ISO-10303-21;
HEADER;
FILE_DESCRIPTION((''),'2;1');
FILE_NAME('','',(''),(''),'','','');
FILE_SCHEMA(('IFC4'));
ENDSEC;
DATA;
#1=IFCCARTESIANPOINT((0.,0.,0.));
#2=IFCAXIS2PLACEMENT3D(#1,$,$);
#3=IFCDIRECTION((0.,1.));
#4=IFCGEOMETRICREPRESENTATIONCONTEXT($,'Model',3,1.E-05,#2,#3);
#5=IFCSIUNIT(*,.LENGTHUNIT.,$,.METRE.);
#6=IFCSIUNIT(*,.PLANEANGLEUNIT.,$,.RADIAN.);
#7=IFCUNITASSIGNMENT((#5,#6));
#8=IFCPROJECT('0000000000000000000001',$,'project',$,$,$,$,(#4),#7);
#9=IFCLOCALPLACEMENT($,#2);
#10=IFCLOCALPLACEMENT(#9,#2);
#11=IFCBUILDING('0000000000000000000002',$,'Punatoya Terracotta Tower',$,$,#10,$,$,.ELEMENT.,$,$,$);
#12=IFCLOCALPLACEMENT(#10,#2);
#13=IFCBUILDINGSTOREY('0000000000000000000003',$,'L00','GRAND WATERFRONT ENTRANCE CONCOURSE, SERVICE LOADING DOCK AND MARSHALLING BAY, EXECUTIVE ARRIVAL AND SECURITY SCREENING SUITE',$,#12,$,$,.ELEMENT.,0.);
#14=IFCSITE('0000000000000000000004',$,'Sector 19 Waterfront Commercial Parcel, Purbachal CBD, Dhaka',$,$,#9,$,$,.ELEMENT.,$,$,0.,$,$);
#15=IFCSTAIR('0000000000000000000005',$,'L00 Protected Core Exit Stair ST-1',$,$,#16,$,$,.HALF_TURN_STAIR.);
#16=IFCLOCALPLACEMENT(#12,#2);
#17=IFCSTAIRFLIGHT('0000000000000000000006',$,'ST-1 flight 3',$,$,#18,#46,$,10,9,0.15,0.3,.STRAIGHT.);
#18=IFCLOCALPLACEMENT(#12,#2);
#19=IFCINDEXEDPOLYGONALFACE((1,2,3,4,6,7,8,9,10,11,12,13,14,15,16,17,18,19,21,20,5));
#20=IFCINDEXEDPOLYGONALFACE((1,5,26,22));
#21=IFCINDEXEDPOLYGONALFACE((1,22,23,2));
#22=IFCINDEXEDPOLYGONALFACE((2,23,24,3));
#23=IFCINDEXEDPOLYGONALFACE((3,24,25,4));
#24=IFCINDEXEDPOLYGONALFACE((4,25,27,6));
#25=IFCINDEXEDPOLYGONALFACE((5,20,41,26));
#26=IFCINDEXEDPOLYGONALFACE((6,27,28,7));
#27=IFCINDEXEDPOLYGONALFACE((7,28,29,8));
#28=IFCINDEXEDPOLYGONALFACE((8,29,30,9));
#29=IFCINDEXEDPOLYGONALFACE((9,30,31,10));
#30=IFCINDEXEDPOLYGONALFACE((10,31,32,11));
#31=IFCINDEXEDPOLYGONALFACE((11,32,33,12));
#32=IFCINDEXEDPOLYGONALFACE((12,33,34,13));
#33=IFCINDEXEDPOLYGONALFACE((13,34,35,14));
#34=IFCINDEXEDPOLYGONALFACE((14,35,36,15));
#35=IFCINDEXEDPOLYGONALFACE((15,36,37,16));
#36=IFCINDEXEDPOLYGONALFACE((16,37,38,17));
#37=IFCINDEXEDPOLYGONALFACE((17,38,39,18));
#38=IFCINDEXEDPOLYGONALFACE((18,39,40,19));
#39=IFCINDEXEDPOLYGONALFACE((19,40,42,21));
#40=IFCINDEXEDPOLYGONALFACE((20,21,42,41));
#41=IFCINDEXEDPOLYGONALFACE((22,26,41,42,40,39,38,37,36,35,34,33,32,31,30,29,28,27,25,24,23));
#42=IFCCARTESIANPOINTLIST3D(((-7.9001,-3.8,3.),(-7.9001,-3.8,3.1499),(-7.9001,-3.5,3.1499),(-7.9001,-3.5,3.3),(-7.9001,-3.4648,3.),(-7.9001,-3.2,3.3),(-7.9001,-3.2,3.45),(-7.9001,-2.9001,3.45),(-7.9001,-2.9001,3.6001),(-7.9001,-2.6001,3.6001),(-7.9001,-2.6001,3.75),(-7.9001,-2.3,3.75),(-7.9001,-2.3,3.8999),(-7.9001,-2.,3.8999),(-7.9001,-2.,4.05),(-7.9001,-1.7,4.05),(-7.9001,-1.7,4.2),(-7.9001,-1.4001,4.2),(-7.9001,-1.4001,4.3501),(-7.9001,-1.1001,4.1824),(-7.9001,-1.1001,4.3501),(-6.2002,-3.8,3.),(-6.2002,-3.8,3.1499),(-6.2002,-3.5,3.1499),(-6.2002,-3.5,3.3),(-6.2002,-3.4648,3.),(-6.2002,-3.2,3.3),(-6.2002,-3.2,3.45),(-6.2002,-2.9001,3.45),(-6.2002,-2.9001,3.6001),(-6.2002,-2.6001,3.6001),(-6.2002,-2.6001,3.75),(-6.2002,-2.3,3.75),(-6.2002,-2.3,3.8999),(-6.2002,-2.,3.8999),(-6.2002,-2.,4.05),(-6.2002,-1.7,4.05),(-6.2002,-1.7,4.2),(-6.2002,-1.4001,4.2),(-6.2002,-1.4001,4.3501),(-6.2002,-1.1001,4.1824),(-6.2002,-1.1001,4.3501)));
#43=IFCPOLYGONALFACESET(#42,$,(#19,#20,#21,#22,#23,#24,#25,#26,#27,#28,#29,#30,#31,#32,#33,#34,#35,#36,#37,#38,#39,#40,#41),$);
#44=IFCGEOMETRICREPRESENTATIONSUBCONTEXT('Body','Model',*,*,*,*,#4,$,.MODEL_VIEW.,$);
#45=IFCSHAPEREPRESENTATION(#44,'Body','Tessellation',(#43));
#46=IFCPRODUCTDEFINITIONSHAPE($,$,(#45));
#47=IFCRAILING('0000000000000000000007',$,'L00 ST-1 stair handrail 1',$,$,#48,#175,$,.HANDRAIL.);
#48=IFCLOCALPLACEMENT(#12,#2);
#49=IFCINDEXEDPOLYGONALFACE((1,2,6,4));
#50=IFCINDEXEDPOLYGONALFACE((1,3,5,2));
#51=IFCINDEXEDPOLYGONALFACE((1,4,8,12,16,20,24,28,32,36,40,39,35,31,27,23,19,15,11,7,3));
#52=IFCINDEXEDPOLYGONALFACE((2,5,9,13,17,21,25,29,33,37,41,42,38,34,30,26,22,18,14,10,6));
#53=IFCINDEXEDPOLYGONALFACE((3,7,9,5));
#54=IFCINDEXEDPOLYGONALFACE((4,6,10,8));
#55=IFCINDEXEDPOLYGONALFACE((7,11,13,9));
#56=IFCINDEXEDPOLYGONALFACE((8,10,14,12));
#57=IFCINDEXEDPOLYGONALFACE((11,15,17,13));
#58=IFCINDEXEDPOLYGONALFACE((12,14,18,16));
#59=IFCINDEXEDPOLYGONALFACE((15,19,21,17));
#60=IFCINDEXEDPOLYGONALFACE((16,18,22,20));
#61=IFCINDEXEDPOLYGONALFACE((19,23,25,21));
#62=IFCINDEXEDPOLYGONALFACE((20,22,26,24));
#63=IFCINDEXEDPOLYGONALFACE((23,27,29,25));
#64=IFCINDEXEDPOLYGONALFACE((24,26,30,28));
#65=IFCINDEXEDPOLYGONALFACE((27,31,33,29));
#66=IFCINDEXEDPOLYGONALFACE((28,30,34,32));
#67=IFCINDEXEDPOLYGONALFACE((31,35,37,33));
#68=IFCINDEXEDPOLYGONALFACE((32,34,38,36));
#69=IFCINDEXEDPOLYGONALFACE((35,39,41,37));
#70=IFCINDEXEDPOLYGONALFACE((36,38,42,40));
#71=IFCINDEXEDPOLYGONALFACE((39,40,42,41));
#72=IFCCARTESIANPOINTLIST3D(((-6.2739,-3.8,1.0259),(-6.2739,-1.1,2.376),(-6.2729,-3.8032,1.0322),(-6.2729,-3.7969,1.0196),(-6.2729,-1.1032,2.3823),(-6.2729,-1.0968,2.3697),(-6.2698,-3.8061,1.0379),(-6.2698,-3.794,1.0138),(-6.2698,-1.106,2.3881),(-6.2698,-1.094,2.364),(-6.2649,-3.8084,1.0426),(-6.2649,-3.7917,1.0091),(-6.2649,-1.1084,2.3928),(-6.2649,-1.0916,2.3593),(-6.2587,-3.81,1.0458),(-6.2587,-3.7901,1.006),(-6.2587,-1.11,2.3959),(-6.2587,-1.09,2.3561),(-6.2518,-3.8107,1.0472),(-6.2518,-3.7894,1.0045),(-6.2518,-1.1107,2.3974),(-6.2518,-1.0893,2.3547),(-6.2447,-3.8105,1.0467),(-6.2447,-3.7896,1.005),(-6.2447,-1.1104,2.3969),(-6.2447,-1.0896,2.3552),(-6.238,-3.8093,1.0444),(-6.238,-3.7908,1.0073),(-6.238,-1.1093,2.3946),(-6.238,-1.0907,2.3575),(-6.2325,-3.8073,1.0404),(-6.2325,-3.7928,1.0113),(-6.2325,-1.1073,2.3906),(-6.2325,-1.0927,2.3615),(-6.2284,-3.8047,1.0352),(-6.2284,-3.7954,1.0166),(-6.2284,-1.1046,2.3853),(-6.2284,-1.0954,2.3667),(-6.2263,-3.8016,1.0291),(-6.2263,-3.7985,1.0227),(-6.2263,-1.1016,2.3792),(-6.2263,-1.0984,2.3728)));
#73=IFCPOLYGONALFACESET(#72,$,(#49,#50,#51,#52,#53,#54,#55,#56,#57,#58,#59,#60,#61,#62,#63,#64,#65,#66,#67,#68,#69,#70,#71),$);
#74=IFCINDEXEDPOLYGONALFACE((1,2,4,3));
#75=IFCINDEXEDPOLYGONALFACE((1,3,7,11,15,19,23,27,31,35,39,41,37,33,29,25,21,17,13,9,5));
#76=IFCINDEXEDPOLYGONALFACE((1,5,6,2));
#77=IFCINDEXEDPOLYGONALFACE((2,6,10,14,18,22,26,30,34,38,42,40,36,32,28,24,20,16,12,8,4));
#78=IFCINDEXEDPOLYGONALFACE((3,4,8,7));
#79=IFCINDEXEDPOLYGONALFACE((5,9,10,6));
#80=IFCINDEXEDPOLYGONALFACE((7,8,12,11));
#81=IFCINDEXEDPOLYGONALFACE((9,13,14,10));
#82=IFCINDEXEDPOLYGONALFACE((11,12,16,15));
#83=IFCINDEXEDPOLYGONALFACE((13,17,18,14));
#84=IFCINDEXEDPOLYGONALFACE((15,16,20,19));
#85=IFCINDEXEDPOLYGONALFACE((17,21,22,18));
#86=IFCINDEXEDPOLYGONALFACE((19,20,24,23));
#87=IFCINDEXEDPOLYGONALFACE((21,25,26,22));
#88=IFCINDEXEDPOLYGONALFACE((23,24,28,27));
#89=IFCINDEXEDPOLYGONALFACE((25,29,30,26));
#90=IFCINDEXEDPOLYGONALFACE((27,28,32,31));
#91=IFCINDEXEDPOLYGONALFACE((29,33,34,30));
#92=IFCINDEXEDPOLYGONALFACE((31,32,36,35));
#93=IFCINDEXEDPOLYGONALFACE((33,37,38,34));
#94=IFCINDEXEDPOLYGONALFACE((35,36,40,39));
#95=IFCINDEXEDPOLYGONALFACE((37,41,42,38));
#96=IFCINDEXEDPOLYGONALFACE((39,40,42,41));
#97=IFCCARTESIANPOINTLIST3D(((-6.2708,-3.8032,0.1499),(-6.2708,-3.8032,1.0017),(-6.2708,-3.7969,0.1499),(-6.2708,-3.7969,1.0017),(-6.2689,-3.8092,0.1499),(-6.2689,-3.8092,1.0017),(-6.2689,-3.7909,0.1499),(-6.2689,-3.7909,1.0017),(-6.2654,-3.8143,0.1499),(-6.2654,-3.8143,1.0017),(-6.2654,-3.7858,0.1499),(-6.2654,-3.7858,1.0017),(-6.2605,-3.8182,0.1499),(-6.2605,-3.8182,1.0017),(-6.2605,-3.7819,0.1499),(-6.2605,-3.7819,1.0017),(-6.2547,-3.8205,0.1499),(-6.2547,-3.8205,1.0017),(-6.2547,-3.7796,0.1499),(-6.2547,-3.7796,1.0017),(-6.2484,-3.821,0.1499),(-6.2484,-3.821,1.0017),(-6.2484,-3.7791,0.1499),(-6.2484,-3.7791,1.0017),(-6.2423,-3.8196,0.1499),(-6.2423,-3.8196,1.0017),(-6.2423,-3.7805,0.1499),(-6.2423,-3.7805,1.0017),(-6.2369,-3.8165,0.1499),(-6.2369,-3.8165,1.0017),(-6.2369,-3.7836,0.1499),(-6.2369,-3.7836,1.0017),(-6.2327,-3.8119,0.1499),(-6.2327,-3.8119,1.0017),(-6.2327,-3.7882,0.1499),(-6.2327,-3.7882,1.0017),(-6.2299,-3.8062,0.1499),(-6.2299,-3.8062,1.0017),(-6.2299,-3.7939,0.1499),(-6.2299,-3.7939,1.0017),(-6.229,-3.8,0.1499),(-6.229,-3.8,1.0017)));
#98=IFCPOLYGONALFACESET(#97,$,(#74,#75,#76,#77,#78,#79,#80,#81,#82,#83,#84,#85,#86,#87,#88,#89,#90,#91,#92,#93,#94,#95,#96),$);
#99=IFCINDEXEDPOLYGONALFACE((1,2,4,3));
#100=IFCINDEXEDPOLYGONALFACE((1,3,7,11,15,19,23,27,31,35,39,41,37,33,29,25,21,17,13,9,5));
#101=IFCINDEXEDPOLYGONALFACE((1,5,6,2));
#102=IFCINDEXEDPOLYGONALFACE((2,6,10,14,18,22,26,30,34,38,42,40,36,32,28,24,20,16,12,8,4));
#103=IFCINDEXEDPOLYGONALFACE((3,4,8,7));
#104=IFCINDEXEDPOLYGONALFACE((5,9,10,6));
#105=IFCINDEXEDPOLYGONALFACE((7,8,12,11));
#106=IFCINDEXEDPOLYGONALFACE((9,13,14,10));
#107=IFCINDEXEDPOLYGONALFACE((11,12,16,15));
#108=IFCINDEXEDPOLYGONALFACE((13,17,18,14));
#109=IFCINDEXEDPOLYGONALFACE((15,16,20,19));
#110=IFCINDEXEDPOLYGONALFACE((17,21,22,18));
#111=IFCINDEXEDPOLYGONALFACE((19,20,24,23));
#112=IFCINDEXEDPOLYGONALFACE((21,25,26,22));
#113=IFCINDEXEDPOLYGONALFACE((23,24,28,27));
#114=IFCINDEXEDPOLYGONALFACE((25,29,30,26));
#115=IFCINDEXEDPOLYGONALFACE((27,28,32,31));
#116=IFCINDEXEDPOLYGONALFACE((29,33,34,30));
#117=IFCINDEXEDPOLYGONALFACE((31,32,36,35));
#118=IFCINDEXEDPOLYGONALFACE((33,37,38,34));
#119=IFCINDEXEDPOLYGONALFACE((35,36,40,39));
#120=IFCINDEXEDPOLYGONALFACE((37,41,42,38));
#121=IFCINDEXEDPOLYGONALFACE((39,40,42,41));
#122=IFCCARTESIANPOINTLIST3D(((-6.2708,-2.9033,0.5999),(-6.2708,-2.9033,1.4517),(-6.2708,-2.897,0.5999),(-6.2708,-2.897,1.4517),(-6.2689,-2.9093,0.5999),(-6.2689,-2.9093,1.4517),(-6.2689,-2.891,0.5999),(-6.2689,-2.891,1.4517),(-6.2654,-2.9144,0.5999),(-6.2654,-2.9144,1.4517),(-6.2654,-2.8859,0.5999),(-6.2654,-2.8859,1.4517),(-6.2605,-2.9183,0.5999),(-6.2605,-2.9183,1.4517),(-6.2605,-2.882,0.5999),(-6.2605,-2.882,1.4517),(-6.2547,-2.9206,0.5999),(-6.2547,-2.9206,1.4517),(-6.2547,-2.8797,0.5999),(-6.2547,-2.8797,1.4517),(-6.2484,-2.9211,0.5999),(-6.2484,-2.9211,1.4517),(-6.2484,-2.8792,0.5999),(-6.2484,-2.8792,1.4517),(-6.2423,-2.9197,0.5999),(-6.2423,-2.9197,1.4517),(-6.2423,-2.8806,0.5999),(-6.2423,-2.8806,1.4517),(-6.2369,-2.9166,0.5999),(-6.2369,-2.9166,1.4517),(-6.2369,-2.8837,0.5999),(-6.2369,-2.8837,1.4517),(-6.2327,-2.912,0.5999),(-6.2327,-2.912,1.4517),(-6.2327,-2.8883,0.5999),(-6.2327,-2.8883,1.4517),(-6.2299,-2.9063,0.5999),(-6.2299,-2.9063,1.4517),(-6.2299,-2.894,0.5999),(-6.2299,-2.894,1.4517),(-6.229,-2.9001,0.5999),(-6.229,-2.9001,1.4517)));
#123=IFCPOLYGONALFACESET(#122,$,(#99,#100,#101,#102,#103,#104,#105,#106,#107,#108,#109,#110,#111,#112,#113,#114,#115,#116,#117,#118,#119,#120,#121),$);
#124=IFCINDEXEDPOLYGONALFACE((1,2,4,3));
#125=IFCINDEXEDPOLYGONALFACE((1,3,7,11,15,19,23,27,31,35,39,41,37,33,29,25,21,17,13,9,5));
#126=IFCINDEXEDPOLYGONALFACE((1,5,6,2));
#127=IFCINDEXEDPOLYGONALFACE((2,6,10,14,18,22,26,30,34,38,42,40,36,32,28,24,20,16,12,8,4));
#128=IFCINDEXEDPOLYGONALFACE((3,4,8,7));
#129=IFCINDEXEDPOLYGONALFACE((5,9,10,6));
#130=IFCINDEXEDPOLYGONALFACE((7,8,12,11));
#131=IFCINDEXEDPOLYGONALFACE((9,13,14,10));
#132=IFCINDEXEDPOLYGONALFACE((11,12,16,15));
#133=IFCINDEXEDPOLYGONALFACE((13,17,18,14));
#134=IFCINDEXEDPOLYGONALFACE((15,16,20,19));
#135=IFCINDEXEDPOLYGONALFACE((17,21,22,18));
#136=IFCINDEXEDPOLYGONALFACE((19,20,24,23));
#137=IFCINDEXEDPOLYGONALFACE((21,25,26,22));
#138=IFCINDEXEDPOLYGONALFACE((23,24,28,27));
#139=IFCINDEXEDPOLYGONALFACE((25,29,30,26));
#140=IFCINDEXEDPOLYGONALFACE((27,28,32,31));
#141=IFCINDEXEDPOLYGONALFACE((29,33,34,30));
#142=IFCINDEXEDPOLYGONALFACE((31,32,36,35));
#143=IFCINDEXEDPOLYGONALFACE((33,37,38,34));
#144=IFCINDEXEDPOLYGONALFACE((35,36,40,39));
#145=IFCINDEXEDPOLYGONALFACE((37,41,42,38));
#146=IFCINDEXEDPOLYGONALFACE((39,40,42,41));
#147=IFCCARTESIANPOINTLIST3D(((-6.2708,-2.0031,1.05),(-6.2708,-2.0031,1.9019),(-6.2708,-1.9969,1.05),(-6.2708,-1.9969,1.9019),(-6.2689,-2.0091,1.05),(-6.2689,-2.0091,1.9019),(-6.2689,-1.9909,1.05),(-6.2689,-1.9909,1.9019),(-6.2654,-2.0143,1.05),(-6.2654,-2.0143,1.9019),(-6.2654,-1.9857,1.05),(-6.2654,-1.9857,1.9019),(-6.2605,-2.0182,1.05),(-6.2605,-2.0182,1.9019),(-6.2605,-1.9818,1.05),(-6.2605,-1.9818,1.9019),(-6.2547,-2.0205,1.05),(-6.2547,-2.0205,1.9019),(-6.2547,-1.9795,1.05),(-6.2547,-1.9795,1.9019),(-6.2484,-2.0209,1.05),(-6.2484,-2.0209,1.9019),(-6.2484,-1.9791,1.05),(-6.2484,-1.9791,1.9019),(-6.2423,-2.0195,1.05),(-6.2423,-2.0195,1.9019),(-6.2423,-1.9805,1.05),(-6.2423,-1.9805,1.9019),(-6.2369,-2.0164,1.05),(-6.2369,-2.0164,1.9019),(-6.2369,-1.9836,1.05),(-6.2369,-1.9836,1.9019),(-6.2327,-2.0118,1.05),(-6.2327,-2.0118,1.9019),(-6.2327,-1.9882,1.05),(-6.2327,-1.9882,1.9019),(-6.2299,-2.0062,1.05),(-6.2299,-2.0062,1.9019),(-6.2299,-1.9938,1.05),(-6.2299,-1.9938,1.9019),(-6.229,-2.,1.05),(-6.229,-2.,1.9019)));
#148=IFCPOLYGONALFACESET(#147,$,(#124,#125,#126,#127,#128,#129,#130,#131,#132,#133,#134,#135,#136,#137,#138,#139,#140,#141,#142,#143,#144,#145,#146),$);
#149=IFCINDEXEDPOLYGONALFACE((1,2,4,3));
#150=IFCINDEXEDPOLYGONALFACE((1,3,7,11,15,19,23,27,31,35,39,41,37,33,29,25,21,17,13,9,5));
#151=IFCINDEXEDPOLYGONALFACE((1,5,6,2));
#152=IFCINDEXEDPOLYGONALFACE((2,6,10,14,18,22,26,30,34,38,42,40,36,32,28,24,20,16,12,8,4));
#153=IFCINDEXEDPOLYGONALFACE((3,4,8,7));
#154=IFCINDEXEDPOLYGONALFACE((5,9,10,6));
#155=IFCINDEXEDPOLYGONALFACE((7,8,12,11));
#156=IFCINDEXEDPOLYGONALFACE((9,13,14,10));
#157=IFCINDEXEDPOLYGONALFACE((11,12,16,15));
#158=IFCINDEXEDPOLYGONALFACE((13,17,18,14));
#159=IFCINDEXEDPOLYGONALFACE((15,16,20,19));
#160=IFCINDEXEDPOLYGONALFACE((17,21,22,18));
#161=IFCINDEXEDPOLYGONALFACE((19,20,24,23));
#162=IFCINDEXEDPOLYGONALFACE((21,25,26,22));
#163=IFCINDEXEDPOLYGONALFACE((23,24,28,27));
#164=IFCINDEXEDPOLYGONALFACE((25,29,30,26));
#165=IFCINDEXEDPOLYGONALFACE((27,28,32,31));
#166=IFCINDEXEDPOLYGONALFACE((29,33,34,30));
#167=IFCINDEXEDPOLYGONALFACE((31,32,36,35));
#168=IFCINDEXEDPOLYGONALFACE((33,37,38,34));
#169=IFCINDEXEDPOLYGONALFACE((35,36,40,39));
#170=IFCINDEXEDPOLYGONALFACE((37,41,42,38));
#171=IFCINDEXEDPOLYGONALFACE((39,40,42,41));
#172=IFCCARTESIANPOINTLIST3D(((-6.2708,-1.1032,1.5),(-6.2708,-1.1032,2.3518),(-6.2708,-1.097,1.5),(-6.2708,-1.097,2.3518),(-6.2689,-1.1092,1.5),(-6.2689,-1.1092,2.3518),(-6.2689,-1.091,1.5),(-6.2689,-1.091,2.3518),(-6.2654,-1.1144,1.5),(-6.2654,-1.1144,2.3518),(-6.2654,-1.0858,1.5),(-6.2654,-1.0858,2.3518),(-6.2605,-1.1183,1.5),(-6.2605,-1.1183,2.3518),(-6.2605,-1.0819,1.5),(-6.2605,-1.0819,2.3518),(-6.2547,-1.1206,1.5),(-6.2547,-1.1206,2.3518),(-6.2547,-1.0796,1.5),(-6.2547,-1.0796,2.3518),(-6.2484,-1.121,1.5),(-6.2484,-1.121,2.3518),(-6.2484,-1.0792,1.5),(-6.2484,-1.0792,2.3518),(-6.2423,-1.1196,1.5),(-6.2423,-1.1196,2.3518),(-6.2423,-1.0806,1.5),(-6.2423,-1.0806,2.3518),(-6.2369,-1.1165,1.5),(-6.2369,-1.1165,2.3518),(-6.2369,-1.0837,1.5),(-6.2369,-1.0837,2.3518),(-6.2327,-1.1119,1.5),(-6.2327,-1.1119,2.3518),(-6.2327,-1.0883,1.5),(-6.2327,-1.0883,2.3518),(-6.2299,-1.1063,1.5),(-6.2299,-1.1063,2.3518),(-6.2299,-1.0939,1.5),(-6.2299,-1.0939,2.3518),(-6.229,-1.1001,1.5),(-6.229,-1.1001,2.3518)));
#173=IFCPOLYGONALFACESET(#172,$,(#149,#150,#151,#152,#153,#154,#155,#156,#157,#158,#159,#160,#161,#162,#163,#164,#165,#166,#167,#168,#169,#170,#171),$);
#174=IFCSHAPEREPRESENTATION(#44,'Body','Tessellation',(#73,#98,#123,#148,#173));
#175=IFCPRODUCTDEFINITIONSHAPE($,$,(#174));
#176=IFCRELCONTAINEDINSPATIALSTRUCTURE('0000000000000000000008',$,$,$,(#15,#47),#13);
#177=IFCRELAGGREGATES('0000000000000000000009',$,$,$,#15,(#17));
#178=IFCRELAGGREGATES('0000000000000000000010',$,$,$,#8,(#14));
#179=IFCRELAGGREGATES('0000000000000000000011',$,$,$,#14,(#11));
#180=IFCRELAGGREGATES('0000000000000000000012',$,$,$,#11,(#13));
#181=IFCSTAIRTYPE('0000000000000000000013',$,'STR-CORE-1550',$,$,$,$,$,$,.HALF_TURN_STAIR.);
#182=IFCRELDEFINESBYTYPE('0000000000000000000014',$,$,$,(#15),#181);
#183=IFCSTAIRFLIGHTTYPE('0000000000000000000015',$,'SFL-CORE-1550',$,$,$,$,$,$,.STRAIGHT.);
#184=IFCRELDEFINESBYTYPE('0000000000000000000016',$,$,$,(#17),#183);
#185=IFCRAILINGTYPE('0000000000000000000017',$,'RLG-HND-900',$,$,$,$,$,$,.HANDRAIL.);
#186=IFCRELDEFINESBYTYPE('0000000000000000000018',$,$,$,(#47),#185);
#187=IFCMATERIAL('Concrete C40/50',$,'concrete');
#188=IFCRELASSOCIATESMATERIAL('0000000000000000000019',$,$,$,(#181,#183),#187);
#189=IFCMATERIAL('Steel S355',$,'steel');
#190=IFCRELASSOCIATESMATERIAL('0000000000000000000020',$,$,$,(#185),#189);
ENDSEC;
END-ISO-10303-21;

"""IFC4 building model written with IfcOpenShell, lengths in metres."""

from ifc_helpers import new_model, si_unit, direction, frame, origin, origin_2d, place, context, subcontext, project, spatial, polyline, circle, outline, extrude, material, type_object, element, aggregate, save


model = new_model("IFC4")

# Units and contexts
model_context = context("Model", 3, precision=1e-05, world=origin(), true_north=direction((0.0, 1.0)))
body_context = subcontext(model_context, "Body", "Model", "MODEL_VIEW")
ifc_project = project(units=[si_unit("LENGTHUNIT", "METRE"), si_unit("PLANEANGLEUNIT", "RADIAN")], contexts=[model_context])

# Site, building, storey
site_placement = place(None, origin())
site = spatial("IfcSite", under=ifc_project, at=site_placement, Name="Sector 19 Waterfront Commercial Parcel, Purbachal CBD, Dhaka", CompositionType="ELEMENT", RefElevation=0.0)
building_placement = place(site_placement, origin())
building = spatial("IfcBuilding", under=site, at=building_placement, Name="Punatoya Terracotta Tower", CompositionType="ELEMENT")
storey_placement = place(building_placement, origin())
storey = spatial("IfcBuildingStorey", under=building, at=storey_placement, Name="L00", Description="GRAND WATERFRONT ENTRANCE CONCOURSE, SERVICE LOADING DOCK AND MARSHALLING BAY, EXECUTIVE ARRIVAL AND SECURITY SCREENING SUITE", CompositionType="ELEMENT", Elevation=0.0)

# Shared definitions
ifc_material_1 = material(Name="Concrete C40/50", Category="concrete")

# Stair, stair flight
stair_type = type_object("IfcStairType", Name="STR-CORE-1550", PredefinedType="HALF_TURN_STAIR", material=ifc_material_1)
stair_placement = place(storey_placement, origin())
stair = element("IfcStair", 1, at=stair_placement, inside=storey, type_object=stair_type, Name="L00 Protected Core Exit Stair ST-1", PredefinedType="HALF_TURN_STAIR")
stair_flight_type = type_object("IfcStairFlightType", Name="SFL-CORE-1550", PredefinedType="STRAIGHT", material=ifc_material_1)
stair_flight_1_placement = place(storey_placement, frame((-7.05, -3.8, 3.0), z_axis=(0.0, 0.0, 1.0), x_axis=(0.0, 1.0, 0.0)))
stair_flight_1 = element("IfcStairFlight", 2, at=stair_flight_1_placement, type_object=stair_flight_type, Name="ST-1 flight 3", NumberOfRisers=10, NumberOfTreads=9, PredefinedType="STRAIGHT", RiserHeight=0.15, TreadLength=0.3, context=body_context, shape_type="SweptSolid", body=[
    extrude(outline(polyline([(0.0, 0.0), (0.0, 0.1499), (0.3, 0.1499), (0.3, 0.3), (0.6001, 0.3), (0.6001, 0.45), (0.8999, 0.45), (0.8999, 0.6001), (1.2, 0.6001), (1.2, 0.75), (1.5, 0.75), (1.5, 0.8999), (1.8, 0.8999), (1.8, 1.05), (2.1001, 1.05), (2.1001, 1.2), (2.3999, 1.2), (2.3999, 1.3501), (2.7, 1.3501), (2.7, 1.5), (2.7, 1.1824), (0.3352, 0.0), (0.0, 0.0)])), frame((0.0, 0.8501, 0.0), z_axis=(0.0, -1.0, 0.0), x_axis=(1.0, 0.0, 0.0)), (0.0, 0.0, 1.0), 1.7),
])
aggregate(stair, [stair_flight_1])

# Railing
ifc_material_2 = material(Name="Steel S355", Category="steel")
railing_type = type_object("IfcRailingType", Name="RLG-HND-900", PredefinedType="HANDRAIL", material=ifc_material_2)
for number, where, name in (
    (3, (-6.25, -3.8, 0.1499), "L00 ST-1 stair handrail 1"),
):
    element("IfcRailing", number, at=place(storey_placement, frame(where)), inside=storey, type_object=railing_type, Name=name, PredefinedType="HANDRAIL", context=body_context, shape_type="SweptSolid", body=[
        extrude(circle(Radius=0.0239, at=origin_2d()), frame((0.0, 0.0, 0.876), z_axis=(0.0, 0.894411, 0.447246), x_axis=(-1.0, 0.0, 0.0)), (0.0, 0.0, 1.0), 3.0188),
        extrude(circle(Radius=0.021, at=origin_2d()), origin(), (0.0, 0.0, 1.0), 0.8518),
        extrude(circle(Radius=0.021, at=origin_2d()), frame((0.0, 0.8999, 0.45)), (0.0, 0.0, 1.0), 0.8518),
        extrude(circle(Radius=0.021, at=origin_2d()), frame((0.0, 1.8, 0.9001)), (0.0, 0.0, 1.0), 0.8518),
        extrude(circle(Radius=0.021, at=origin_2d()), frame((0.0, 2.7, 1.3501)), (0.0, 0.0, 1.0), 0.8518),
    ])

save(model, "model.ifc")
